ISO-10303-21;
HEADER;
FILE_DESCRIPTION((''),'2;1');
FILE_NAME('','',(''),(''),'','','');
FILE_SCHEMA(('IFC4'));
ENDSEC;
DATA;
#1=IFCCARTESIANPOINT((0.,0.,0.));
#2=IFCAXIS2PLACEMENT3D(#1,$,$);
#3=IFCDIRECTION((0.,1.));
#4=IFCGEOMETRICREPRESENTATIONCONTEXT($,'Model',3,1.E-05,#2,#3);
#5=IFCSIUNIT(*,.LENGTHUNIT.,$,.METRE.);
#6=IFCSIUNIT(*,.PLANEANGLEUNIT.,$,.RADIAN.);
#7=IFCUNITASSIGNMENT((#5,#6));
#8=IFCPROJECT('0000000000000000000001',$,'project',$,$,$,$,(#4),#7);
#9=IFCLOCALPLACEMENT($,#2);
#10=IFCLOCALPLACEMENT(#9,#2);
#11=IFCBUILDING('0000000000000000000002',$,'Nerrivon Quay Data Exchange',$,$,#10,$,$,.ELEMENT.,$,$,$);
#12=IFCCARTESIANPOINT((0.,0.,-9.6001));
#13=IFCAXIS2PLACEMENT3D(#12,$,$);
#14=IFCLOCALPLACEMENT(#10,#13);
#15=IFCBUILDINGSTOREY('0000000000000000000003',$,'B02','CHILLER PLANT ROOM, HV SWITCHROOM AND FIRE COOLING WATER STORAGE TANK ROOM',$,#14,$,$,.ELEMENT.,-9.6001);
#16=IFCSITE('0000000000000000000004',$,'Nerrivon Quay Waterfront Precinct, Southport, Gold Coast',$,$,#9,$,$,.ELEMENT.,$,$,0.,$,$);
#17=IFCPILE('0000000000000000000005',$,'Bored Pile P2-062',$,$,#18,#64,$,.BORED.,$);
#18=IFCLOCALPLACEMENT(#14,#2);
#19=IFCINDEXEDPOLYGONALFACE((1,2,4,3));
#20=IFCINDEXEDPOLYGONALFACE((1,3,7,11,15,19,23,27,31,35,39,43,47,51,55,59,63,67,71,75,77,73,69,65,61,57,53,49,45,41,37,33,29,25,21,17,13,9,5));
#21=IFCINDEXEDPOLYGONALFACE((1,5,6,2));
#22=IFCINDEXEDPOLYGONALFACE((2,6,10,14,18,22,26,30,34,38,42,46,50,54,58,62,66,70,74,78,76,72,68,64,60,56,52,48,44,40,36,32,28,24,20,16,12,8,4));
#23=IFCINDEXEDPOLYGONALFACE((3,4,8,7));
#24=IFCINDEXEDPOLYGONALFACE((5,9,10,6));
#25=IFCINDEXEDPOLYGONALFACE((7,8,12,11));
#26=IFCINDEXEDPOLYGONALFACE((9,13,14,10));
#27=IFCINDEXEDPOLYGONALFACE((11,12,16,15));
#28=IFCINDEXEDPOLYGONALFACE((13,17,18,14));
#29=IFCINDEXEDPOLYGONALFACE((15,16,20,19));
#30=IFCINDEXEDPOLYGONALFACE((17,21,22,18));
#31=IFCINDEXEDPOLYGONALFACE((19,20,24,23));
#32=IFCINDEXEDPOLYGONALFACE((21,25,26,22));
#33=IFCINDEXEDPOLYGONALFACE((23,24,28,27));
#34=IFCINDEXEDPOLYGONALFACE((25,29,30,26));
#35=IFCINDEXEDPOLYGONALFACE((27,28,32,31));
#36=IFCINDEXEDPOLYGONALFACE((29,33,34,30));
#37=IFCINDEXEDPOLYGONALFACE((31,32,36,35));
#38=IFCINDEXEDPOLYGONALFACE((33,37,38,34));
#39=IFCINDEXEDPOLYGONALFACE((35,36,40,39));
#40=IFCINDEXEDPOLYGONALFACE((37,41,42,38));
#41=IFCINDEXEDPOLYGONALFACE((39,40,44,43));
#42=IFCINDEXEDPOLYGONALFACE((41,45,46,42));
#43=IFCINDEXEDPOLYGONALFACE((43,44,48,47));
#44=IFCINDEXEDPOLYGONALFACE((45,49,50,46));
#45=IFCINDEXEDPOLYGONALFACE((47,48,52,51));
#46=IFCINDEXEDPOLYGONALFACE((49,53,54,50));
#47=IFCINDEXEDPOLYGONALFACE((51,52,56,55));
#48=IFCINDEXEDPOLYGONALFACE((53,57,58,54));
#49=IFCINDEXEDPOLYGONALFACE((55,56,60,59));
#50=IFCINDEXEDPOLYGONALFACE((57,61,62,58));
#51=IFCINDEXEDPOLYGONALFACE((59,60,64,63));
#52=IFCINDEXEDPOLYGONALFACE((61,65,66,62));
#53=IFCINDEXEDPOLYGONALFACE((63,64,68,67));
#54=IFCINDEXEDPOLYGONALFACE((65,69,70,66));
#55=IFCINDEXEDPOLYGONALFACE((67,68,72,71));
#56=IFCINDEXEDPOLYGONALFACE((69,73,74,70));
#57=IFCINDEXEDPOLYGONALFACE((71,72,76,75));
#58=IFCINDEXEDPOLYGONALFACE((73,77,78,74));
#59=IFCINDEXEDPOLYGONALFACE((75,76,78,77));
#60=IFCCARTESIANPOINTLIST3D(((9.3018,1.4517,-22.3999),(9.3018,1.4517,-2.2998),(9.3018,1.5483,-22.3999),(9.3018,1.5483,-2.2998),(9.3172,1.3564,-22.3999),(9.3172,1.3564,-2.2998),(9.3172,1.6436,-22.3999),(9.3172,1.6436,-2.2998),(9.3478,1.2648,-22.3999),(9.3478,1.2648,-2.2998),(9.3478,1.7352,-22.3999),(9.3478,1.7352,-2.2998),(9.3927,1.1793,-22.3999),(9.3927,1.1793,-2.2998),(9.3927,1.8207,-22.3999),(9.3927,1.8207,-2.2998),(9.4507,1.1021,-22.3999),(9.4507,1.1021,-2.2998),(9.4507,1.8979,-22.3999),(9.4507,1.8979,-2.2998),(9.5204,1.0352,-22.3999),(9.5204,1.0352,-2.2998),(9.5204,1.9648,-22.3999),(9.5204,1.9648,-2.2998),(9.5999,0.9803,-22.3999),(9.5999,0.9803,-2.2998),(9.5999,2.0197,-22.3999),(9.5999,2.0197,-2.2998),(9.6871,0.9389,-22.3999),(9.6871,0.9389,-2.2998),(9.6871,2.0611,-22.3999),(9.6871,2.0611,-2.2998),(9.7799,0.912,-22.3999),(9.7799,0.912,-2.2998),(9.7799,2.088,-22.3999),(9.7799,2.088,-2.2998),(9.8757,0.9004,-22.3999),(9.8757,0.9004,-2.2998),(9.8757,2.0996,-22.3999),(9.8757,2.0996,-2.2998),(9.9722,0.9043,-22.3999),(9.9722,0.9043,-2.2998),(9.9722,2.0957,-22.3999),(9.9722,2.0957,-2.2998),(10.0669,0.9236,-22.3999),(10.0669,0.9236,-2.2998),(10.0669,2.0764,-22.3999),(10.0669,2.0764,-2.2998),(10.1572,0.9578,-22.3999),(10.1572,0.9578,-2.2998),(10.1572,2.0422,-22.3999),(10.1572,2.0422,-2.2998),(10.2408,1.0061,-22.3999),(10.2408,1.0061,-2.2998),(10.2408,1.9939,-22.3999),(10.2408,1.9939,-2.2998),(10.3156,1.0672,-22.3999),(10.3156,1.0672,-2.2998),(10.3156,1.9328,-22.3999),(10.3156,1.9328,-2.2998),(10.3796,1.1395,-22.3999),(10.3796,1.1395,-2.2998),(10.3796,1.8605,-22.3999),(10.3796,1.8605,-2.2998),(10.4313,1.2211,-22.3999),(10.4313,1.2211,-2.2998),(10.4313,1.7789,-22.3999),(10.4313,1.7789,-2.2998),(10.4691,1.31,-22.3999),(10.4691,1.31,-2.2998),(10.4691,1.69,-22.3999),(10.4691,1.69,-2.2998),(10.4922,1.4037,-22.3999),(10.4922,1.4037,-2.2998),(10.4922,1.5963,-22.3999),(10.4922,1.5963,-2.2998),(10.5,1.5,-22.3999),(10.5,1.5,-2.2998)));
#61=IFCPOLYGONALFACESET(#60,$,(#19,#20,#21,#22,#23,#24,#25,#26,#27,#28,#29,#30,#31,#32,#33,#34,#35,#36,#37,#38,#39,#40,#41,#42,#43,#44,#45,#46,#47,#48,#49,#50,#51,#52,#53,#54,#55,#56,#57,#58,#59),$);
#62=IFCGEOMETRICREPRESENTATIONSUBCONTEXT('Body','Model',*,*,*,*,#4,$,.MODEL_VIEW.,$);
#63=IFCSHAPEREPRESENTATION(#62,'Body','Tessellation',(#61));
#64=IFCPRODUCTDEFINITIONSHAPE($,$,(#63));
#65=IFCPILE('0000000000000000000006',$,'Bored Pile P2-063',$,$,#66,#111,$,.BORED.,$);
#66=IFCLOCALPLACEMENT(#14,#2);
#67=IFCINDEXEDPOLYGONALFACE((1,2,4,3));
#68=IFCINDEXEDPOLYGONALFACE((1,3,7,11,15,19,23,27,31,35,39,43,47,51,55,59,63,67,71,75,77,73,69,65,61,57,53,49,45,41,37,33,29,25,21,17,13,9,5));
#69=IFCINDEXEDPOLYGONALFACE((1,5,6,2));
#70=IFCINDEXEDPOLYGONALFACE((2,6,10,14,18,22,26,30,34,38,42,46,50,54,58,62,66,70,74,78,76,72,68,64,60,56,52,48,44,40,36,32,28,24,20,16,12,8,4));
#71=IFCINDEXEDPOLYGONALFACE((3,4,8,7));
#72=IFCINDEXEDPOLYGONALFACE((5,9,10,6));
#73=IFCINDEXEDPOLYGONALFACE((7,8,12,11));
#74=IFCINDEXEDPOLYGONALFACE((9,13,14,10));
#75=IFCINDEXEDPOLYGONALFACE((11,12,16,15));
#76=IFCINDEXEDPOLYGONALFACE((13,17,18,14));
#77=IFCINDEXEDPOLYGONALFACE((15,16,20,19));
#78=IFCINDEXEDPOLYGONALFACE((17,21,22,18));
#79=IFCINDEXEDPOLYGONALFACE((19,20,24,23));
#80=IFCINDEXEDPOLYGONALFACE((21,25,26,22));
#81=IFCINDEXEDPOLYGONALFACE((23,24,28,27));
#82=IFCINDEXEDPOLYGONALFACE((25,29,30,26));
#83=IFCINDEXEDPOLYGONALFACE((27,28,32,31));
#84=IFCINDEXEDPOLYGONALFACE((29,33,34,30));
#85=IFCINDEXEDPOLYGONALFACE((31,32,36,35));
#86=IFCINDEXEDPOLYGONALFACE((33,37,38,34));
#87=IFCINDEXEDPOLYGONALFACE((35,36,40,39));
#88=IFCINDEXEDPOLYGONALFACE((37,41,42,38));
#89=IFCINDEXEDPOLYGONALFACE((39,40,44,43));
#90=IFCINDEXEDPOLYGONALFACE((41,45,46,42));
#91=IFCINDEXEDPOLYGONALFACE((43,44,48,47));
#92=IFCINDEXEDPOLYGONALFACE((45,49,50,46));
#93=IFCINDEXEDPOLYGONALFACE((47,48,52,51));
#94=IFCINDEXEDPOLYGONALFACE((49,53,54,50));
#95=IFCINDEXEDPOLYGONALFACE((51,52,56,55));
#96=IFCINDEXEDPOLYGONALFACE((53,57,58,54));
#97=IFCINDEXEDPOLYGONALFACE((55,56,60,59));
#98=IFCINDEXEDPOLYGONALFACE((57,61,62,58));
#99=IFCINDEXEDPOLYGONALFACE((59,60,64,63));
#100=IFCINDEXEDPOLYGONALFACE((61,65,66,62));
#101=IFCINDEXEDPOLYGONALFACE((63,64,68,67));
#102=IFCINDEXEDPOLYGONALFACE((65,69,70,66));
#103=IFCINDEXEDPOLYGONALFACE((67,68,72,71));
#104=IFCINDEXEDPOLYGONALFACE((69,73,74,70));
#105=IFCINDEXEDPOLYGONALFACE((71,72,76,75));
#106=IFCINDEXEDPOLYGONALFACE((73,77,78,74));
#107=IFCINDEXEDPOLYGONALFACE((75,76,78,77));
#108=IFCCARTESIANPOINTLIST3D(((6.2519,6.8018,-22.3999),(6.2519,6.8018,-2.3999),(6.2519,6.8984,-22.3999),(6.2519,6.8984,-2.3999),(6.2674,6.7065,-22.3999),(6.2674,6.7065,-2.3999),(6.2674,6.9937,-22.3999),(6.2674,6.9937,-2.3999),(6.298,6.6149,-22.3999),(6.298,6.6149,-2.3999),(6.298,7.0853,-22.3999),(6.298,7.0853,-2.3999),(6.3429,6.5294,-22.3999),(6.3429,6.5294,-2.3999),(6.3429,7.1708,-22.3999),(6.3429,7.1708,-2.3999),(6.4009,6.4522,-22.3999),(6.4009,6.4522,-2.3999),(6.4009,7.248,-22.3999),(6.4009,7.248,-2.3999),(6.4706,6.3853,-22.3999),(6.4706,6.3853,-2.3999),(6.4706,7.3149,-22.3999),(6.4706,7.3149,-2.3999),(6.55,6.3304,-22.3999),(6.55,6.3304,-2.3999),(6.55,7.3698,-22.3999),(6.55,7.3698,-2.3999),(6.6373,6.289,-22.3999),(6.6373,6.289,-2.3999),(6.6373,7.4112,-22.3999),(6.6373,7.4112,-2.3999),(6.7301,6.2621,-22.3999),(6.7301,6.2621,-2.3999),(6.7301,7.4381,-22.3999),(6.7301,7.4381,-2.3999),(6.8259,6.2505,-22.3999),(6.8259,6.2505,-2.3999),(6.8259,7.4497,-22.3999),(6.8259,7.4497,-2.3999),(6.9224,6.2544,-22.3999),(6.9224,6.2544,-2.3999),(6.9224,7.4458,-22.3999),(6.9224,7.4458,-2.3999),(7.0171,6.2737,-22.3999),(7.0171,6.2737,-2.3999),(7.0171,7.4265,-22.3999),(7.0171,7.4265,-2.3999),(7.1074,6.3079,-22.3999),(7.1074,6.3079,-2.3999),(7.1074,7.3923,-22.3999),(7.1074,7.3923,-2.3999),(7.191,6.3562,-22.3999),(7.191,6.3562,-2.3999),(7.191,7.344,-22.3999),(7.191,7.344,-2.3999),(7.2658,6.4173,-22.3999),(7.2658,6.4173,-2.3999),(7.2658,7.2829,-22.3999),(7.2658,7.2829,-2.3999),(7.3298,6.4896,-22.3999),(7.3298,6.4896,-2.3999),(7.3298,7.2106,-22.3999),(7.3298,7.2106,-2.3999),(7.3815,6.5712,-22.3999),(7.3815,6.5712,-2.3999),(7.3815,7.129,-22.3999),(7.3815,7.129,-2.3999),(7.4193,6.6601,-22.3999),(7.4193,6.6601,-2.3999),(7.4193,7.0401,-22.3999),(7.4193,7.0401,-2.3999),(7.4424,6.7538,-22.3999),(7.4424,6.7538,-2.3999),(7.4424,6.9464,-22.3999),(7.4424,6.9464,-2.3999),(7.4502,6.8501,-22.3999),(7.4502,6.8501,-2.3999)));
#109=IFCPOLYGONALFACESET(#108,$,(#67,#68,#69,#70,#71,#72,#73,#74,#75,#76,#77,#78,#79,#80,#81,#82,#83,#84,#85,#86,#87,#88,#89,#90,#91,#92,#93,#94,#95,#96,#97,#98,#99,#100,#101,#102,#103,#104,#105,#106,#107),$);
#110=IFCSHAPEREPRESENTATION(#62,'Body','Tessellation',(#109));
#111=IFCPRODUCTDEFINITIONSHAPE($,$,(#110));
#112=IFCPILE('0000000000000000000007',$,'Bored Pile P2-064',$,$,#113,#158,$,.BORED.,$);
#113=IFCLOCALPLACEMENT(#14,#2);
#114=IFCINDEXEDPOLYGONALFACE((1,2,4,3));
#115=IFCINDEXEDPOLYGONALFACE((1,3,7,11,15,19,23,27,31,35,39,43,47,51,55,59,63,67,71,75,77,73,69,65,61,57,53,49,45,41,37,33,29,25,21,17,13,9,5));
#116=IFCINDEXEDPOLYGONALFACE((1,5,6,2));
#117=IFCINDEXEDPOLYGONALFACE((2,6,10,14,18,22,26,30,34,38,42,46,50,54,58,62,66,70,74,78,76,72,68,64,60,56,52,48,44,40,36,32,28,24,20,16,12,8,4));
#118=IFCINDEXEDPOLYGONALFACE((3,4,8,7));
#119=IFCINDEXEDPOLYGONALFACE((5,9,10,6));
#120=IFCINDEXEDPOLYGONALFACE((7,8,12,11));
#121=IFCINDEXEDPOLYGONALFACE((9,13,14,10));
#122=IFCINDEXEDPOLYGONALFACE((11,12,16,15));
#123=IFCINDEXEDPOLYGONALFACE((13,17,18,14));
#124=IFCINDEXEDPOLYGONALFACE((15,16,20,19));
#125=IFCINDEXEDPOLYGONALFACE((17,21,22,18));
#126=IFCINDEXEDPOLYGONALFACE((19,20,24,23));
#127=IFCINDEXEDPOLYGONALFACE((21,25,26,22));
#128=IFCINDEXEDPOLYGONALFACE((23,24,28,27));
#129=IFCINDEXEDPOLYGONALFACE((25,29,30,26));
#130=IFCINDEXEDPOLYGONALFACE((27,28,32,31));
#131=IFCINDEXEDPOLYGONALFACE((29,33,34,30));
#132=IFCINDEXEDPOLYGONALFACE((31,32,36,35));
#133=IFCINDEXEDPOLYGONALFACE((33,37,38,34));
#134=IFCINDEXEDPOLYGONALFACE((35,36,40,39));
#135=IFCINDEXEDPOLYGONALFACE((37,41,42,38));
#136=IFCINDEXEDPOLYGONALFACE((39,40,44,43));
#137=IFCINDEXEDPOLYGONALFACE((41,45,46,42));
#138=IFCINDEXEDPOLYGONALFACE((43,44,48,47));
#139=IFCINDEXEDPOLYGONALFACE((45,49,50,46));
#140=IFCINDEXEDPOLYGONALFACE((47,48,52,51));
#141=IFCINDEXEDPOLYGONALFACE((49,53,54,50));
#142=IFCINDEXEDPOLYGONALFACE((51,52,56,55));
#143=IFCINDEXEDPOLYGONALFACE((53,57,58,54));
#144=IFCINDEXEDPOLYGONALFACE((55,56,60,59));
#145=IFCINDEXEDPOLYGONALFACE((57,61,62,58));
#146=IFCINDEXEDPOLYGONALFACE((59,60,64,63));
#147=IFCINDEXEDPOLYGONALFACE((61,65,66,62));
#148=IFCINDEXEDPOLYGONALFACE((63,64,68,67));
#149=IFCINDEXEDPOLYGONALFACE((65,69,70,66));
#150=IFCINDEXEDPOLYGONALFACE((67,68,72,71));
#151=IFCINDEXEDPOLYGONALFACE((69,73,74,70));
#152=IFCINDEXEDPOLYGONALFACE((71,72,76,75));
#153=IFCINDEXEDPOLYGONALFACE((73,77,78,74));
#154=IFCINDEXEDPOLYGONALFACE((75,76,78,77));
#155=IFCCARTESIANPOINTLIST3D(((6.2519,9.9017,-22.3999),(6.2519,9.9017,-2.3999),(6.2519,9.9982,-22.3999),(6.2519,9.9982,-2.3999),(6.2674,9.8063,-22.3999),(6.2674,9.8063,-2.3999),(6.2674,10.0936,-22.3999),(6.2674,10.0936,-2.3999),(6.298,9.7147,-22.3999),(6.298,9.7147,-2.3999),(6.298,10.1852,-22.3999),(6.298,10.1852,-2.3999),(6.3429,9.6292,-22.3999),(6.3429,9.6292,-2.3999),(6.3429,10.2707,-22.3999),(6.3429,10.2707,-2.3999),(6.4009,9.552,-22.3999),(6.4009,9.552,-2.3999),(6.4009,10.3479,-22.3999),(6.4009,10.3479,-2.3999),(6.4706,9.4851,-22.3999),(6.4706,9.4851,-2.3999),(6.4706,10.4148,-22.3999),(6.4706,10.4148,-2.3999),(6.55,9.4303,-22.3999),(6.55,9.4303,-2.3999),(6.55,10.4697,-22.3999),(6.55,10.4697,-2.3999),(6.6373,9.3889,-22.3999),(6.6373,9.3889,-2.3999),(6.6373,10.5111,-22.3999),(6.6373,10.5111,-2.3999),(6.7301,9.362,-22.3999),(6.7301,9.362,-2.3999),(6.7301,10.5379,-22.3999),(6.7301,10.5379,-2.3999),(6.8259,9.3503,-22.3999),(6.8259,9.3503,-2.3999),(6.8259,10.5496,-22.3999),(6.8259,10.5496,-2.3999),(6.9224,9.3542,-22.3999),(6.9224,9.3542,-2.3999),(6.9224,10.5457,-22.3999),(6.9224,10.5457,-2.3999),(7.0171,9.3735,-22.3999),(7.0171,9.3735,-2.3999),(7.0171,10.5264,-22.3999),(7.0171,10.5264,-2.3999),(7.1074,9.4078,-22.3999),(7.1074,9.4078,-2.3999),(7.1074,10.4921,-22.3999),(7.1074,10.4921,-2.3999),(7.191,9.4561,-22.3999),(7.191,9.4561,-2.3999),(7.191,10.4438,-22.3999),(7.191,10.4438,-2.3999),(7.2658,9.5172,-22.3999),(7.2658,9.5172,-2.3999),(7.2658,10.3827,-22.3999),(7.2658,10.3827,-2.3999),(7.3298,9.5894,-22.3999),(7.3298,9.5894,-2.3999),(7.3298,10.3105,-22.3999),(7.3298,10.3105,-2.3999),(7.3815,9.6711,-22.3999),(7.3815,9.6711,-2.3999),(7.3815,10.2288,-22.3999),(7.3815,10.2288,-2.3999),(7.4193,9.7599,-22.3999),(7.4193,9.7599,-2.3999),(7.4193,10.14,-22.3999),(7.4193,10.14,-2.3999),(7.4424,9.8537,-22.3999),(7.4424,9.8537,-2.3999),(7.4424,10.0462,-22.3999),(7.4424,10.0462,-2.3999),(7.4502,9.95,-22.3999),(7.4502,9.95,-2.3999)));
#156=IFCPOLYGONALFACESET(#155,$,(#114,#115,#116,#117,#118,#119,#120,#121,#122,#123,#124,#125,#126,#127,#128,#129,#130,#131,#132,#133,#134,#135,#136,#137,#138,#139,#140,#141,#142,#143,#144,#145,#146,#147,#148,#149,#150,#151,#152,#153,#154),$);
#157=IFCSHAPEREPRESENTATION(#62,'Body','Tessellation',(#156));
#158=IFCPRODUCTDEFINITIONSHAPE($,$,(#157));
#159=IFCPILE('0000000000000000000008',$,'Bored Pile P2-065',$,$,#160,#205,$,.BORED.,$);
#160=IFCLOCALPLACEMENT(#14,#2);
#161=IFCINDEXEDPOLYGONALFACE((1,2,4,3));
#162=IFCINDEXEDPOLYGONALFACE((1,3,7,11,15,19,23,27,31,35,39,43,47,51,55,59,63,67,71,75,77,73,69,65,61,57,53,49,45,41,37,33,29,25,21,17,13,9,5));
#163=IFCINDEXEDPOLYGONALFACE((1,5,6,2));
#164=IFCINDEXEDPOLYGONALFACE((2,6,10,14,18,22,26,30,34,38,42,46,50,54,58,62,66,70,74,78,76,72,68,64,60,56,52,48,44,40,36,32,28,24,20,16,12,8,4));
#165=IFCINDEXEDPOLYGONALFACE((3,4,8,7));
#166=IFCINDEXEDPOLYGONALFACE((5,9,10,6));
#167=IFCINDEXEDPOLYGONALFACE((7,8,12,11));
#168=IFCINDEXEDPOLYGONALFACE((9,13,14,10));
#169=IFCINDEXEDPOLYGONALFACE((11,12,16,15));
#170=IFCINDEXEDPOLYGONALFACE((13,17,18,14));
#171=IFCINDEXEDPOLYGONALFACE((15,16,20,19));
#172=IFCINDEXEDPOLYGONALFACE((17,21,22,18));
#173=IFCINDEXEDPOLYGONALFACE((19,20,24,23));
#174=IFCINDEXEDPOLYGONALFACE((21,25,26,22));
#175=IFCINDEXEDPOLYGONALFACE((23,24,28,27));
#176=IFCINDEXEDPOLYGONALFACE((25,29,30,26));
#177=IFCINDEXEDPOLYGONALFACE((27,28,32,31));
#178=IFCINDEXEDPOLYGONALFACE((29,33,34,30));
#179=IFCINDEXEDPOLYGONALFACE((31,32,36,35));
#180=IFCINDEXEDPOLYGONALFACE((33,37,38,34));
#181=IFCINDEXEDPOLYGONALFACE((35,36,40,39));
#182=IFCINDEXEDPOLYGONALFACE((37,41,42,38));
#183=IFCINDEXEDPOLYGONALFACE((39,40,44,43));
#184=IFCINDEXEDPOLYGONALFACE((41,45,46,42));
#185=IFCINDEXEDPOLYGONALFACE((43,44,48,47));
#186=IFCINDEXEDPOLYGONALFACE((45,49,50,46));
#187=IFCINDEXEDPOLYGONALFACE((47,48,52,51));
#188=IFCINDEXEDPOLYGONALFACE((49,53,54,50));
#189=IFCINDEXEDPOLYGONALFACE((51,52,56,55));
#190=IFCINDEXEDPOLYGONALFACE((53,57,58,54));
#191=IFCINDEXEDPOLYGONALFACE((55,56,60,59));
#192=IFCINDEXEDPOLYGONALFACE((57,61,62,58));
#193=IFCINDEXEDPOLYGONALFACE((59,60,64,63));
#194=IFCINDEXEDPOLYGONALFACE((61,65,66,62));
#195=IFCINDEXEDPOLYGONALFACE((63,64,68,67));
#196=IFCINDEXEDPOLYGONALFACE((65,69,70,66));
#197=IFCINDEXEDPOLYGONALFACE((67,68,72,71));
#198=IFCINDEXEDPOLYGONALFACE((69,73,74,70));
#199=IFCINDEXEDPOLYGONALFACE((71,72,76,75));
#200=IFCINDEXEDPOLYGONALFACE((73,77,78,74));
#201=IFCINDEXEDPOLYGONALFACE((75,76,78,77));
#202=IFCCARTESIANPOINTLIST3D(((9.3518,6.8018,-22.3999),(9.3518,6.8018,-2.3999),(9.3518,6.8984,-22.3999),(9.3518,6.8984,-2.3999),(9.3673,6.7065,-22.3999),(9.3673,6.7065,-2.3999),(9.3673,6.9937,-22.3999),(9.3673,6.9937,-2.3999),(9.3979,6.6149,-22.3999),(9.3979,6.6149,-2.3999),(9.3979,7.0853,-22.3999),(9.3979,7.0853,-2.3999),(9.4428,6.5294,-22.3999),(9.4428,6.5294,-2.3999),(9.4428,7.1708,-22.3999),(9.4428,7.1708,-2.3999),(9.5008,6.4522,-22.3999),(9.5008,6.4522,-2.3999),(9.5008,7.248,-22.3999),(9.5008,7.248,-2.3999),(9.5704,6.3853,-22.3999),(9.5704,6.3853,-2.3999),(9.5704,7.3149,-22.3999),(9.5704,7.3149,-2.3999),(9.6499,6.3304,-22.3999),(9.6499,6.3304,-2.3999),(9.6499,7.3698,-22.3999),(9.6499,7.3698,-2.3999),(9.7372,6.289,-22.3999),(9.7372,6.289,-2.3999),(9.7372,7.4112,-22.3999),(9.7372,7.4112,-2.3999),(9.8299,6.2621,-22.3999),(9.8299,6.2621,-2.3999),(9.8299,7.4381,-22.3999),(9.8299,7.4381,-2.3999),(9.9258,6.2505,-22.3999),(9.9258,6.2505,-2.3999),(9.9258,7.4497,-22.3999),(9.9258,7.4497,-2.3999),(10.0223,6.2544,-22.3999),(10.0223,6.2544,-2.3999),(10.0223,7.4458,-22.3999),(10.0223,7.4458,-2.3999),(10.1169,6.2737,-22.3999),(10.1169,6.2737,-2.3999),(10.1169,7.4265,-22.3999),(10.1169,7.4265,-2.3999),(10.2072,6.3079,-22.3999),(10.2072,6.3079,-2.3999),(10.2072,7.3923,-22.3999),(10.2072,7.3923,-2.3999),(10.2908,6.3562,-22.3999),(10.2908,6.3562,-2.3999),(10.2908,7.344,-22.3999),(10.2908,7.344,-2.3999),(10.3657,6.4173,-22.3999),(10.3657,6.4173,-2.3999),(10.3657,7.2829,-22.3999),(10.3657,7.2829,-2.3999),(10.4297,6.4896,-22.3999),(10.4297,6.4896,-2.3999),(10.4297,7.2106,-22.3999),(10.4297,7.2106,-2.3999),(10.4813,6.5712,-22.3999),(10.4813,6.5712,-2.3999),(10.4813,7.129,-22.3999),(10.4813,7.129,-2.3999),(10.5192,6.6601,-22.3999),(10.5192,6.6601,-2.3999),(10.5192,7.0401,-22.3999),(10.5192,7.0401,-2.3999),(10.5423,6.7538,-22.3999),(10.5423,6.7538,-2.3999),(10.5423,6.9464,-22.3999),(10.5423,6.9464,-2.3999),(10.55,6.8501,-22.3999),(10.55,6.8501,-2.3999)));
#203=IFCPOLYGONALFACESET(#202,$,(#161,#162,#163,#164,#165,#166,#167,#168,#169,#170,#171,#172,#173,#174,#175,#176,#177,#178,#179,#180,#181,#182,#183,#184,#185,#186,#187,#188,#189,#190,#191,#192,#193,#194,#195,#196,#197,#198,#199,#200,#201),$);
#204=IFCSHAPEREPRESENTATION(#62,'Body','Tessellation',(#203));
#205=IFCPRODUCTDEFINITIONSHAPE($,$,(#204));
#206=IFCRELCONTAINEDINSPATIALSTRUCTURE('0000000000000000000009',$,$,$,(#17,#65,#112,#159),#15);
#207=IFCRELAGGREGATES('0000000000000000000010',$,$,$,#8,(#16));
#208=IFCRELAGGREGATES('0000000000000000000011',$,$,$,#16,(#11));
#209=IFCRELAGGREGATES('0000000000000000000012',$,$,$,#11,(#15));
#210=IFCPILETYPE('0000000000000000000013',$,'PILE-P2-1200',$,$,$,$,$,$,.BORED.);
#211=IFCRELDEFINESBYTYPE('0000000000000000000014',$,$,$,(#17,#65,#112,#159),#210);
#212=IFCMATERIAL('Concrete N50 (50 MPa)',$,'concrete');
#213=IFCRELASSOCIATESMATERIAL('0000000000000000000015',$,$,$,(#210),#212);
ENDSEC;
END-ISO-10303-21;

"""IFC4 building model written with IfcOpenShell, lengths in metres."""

from ifc_helpers import new_model, si_unit, direction, frame, origin, origin_2d, place, context, subcontext, project, spatial, circle, extrude, material, material_profile, profile_set, type_object, element, save


model = new_model("IFC4")

# Units and contexts
model_context = context("Model", 3, precision=1e-05, world=origin(), true_north=direction((0.0, 1.0)))
body_context = subcontext(model_context, "Body", "Model", "MODEL_VIEW")
ifc_project = project(units=[si_unit("LENGTHUNIT", "METRE"), si_unit("PLANEANGLEUNIT", "RADIAN")], contexts=[model_context])

# Site, building, storey
site_placement = place(None, origin())
site = spatial("IfcSite", under=ifc_project, at=site_placement, Name="Nerrivon Quay Waterfront Precinct, Southport, Gold Coast", CompositionType="ELEMENT", RefElevation=0.0)
building_placement = place(site_placement, origin())
building = spatial("IfcBuilding", under=site, at=building_placement, Name="Nerrivon Quay Data Exchange", CompositionType="ELEMENT")
storey_placement = place(building_placement, frame((0.0, 0.0, -9.6001)))
storey = spatial("IfcBuildingStorey", under=building, at=storey_placement, Name="B02", Description="CHILLER PLANT ROOM, HV SWITCHROOM AND FIRE COOLING WATER STORAGE TANK ROOM", CompositionType="ELEMENT", Elevation=-9.6001)

# Piles
ifc_material_1 = material(Name="Concrete N50 (50 MPa)", Category="concrete")
ifc_material_profile_1 = material_profile(ifc_material_1, circle(Radius=0.6001, at=origin_2d()), Name="PILE-1200")
ifc_profile_set_1 = profile_set([ifc_material_profile_1], Name="Concrete N50 (50 MPa)")
pile_type = type_object("IfcPileType", Name="PILE-P2-1200", PredefinedType="BORED", material=ifc_profile_set_1)
for number, where, z_axis, x_axis, name in (
    (1, (9.8999, 1.5, -2.2998), (0.0, 0.0, -1.0), (1.0, 0.0, 0.0), "Bored Pile P2-062"),
):
    element("IfcPile", number, at=place(storey_placement, frame(where, z_axis=z_axis, x_axis=x_axis)), inside=storey, type_object=pile_type, Name=name, PredefinedType="BORED", context=body_context, shape_type="SweptSolid", body=[
        extrude(circle(Radius=0.6001, at=origin_2d()), origin(), (0.0, 0.0, 1.0), 20.1001),
    ])
for number, where, z_axis, x_axis, name in (
    (2, (6.8501, 6.8501, -2.3999), (0.0, 0.0, -1.0), (1.0, 0.0, 0.0), "Bored Pile P2-063"),
    (3, (6.8501, 9.95, -2.3999), (0.0, 0.0, -1.0), (1.0, 0.0, 0.0), "Bored Pile P2-064"),
    (4, (9.95, 6.8501, -2.3999), (0.0, 0.0, -1.0), (1.0, 0.0, 0.0), "Bored Pile P2-065"),
):
    element("IfcPile", number, at=place(storey_placement, frame(where, z_axis=z_axis, x_axis=x_axis)), inside=storey, type_object=pile_type, Name=name, PredefinedType="BORED", context=body_context, shape_type="SweptSolid", body=[
        extrude(circle(Radius=0.6001, at=origin_2d()), origin(), (0.0, 0.0, 1.0), 20.0),
    ])

save(model, "model.ifc")
